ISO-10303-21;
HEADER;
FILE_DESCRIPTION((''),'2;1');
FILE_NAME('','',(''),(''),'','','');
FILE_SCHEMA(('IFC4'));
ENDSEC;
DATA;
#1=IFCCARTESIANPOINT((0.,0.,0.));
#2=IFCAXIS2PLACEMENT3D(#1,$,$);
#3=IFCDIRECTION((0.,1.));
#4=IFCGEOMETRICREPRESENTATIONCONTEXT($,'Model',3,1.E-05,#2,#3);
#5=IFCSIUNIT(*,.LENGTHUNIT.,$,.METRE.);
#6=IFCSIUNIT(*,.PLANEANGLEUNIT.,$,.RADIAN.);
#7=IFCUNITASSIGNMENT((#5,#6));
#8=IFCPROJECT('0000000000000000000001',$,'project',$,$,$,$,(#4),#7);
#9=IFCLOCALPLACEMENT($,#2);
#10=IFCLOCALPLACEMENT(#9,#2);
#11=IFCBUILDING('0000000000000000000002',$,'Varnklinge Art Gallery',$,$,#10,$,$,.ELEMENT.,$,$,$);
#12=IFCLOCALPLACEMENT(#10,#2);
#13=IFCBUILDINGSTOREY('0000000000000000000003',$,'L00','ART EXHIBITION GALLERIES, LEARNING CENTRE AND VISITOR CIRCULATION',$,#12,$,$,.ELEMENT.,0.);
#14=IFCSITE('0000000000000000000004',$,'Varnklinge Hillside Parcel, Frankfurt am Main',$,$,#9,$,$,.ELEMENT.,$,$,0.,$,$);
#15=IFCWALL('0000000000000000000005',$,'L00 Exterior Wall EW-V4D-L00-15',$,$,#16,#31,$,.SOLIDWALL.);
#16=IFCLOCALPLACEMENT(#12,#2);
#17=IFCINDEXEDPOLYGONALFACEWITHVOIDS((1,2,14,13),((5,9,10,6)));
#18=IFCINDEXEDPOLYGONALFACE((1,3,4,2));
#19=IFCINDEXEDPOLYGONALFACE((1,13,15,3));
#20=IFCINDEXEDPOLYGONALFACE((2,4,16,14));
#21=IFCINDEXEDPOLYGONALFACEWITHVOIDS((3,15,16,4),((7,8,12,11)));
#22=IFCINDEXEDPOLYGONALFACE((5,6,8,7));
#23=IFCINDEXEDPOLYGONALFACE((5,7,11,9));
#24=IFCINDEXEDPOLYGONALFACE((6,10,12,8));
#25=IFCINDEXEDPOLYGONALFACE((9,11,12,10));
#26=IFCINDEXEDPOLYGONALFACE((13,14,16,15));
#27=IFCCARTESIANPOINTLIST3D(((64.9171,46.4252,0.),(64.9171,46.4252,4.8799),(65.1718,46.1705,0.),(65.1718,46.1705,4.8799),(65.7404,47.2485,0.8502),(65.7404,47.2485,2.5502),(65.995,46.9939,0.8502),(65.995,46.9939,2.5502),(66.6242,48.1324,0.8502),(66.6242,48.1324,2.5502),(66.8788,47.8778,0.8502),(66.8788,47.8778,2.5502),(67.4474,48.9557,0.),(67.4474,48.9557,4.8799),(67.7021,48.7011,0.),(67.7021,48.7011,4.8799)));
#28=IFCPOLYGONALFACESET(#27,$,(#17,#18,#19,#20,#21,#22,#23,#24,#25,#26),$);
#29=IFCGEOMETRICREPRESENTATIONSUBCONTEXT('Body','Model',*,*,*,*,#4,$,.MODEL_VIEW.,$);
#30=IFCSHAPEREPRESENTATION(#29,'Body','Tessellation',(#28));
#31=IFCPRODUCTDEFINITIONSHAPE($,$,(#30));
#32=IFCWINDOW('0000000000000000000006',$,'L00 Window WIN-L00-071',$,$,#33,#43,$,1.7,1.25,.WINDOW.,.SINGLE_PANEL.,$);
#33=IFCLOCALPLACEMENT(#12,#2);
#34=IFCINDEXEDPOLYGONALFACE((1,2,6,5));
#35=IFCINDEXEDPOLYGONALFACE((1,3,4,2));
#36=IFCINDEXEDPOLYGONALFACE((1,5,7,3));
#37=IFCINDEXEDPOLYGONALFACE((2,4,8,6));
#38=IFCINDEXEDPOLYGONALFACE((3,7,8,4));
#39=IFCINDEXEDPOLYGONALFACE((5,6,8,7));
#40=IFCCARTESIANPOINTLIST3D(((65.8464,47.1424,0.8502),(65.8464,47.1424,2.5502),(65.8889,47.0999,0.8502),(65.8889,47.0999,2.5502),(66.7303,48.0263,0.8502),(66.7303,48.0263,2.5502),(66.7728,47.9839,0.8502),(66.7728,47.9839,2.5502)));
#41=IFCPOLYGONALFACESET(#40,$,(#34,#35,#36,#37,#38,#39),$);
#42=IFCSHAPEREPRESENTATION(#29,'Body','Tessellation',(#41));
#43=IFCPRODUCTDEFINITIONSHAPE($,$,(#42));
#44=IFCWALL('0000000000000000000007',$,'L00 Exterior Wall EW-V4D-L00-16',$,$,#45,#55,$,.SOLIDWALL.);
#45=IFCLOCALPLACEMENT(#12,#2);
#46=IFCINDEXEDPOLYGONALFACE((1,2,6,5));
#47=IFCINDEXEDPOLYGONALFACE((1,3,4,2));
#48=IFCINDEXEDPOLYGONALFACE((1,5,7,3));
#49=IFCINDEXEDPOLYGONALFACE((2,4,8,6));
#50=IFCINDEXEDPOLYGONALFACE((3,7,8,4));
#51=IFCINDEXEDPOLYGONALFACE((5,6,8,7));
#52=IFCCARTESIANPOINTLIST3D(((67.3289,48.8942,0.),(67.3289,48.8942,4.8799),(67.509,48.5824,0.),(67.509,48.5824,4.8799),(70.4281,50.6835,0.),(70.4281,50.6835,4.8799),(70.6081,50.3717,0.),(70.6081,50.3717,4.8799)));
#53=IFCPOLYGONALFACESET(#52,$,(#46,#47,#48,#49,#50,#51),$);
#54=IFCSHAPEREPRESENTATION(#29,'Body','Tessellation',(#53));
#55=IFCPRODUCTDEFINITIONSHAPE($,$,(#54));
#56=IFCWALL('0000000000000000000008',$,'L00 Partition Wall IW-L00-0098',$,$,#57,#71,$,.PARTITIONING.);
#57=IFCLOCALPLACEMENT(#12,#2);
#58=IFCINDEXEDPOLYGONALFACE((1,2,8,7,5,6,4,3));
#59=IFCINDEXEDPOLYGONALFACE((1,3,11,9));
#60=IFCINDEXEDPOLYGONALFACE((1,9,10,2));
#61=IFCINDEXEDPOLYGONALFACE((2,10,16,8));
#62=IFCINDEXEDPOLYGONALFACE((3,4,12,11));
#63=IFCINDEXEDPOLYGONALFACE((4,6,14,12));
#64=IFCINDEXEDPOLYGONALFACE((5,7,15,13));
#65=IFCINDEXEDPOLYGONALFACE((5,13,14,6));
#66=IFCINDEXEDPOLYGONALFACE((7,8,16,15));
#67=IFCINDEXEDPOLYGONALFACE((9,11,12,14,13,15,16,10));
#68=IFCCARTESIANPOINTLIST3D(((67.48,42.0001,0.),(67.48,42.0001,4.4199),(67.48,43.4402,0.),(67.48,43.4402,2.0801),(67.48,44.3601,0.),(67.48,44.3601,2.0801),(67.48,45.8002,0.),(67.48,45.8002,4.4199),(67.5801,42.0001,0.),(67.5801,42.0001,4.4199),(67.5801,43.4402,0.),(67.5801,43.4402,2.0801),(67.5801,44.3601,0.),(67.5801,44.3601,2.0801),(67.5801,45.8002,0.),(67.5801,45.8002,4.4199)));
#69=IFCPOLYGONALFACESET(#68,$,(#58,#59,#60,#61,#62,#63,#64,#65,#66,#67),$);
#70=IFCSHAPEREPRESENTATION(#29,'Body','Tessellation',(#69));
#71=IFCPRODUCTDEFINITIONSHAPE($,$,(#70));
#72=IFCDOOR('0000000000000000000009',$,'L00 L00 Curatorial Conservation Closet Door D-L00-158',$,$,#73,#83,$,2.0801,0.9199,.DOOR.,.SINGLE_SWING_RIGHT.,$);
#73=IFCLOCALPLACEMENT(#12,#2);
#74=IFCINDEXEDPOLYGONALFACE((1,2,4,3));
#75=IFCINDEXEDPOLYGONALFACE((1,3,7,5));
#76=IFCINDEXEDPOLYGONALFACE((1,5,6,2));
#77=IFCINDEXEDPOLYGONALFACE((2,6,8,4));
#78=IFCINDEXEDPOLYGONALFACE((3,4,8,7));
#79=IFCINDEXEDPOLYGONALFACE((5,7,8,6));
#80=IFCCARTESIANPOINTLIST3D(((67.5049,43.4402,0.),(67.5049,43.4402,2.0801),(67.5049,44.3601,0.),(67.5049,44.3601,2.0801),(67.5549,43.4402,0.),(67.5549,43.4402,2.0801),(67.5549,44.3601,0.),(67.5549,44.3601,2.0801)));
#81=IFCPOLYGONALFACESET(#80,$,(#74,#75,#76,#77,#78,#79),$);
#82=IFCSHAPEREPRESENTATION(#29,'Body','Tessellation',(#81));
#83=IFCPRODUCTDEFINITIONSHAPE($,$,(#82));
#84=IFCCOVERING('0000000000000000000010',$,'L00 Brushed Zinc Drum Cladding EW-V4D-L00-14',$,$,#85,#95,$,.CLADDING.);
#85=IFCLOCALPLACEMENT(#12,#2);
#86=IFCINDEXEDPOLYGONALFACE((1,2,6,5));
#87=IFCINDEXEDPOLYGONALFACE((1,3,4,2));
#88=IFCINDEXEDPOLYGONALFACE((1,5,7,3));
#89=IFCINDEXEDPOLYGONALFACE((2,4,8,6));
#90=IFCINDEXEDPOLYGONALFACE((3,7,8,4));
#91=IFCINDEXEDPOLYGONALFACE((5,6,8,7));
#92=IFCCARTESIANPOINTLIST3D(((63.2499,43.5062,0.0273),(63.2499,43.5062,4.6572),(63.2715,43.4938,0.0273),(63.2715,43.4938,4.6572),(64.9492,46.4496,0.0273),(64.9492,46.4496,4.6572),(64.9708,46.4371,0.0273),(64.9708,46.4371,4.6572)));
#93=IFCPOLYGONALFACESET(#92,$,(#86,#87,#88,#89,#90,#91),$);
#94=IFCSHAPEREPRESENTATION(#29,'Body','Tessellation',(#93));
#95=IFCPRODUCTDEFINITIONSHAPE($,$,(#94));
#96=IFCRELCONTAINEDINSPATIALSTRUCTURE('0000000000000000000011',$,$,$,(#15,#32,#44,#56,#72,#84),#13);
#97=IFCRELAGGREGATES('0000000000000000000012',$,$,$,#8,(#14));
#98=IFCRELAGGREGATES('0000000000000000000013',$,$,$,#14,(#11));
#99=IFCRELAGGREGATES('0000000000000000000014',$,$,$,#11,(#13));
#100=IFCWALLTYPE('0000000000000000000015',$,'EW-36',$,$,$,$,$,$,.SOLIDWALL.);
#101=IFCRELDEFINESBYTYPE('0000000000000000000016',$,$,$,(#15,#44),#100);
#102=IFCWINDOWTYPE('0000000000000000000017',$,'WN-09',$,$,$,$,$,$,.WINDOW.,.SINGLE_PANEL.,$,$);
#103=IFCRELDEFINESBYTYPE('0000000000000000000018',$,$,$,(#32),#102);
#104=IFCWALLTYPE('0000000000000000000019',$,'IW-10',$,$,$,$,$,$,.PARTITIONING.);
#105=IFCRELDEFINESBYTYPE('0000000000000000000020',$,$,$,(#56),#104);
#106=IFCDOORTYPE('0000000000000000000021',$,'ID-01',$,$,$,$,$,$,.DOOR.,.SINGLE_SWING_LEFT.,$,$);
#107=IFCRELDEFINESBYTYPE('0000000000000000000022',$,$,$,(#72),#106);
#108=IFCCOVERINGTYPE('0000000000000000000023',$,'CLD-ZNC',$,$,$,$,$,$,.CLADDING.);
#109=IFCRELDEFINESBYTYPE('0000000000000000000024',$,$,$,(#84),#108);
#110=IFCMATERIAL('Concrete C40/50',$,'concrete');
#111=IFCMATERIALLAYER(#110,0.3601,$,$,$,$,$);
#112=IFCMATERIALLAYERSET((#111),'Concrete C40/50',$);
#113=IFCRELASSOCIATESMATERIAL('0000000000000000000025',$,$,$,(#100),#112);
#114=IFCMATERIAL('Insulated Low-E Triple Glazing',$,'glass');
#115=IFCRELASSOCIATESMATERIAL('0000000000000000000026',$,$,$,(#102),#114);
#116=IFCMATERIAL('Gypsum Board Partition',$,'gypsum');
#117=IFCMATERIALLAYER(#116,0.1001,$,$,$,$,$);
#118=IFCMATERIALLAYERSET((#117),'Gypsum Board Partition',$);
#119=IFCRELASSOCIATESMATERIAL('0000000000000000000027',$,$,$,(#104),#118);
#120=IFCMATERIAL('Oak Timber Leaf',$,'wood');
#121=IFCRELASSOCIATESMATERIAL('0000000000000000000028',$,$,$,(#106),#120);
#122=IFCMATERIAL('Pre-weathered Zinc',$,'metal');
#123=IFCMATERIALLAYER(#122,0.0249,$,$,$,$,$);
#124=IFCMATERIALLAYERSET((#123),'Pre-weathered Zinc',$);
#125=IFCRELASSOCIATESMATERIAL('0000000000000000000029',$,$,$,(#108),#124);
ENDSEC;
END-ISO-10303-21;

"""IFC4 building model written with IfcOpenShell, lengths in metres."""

from ifc_helpers import new_model, si_unit, direction, frame, frame_2d, origin, origin_2d, place, context, subcontext, project, spatial, rectangle, extrude, material, layer, layer_set, type_object, element, fill, save


model = new_model("IFC4")

# Units and contexts
model_context = context("Model", 3, precision=1e-05, world=origin(), true_north=direction((0.0, 1.0)))
body_context = subcontext(model_context, "Body", "Model", "MODEL_VIEW")
ifc_project = project(units=[si_unit("LENGTHUNIT", "METRE"), si_unit("PLANEANGLEUNIT", "RADIAN")], contexts=[model_context])

# Site, building, storey
site_placement = place(None, origin())
site = spatial("IfcSite", under=ifc_project, at=site_placement, Name="Varnklinge Hillside Parcel, Frankfurt am Main", CompositionType="ELEMENT", RefElevation=0.0)
building_placement = place(site_placement, origin())
building = spatial("IfcBuilding", under=site, at=building_placement, Name="Varnklinge Art Gallery", CompositionType="ELEMENT")
storey_placement = place(building_placement, origin())
storey = spatial("IfcBuildingStorey", under=building, at=storey_placement, Name="L00", Description="ART EXHIBITION GALLERIES, LEARNING CENTRE AND VISITOR CIRCULATION", CompositionType="ELEMENT", Elevation=0.0)

# Wall, opening, window
ifc_material_1 = material(Name="Concrete C40/50", Category="concrete")
ifc_layer_1 = layer(ifc_material_1, 0.3601)
ifc_layer_set_1 = layer_set([ifc_layer_1], Name="Concrete C40/50")
wall_type_1 = type_object("IfcWallType", Name="EW-36", PredefinedType="SOLIDWALL", material=ifc_layer_set_1)
wall_1_placement = place(storey_placement, frame((65.0444, 46.2979, 0.0), z_axis=(0.0, 0.0, 1.0), x_axis=(0.707073, 0.707141, 0.0)))
wall_1 = element("IfcWall", 1, at=wall_1_placement, inside=storey, type_object=wall_type_1, Name="L00 Exterior Wall EW-V4D-L00-15", PredefinedType="SOLIDWALL", context=body_context, shape_type="SweptSolid", body=[
    extrude(rectangle(XDim=3.5786, YDim=0.3601, at=frame_2d((1.7893, 0.0))), origin(), (0.0, 0.0, 1.0), 4.8799),
])
opening_1_placement = place(wall_1_placement, frame((1.1643, 0.0, 0.8501)))
opening_1 = element("IfcOpeningElement", 2, at=opening_1_placement, cuts=wall_1, PredefinedType="OPENING", context=body_context, shape_type="SweptSolid", body=[
    extrude(rectangle(XDim=1.25, YDim=1.7, at=frame_2d((0.625, 0.8501))), frame((0.0, 0.1902, 0.0), z_axis=(0.0, -1.0, 0.0), x_axis=(1.0, 0.0, 0.0)), (0.0, 0.0, 1.0), 0.3801),
])
ifc_material_2 = material(Name="Insulated Low-E Triple Glazing", Category="glass")
window_type = type_object("IfcWindowType", Name="WN-09", PartitioningType="SINGLE_PANEL", PredefinedType="WINDOW", material=ifc_material_2)
window_placement = place(opening_1_placement, origin())
window = element("IfcWindow", 3, at=window_placement, inside=storey, type_object=window_type, Name="L00 Window WIN-L00-071", OverallHeight=1.7, OverallWidth=1.25, PartitioningType="SINGLE_PANEL", PredefinedType="WINDOW", context=body_context, shape_type="SweptSolid", body=[
    extrude(rectangle(XDim=1.25, YDim=1.7, at=frame_2d((0.625, 0.8501))), frame((0.0, 0.03, 0.0), z_axis=(0.0, -1.0, 0.0), x_axis=(1.0, 0.0, 0.0)), (0.0, 0.0, 1.0), 0.0601),
])
fill(opening_1, window)

# Wall
wall_2_placement = place(storey_placement, frame((67.4189, 48.7383, 0.0), z_axis=(0.0, 0.0, 1.0), x_axis=(0.866022, 0.500006, 0.0)))
element("IfcWall", 4, at=wall_2_placement, inside=storey, type_object=wall_type_1, Name="L00 Exterior Wall EW-V4D-L00-16", PredefinedType="SOLIDWALL", context=body_context, shape_type="SweptSolid", body=[
    extrude(rectangle(XDim=3.5786, YDim=0.3601, at=frame_2d((1.7893, 0.0))), origin(), (0.0, 0.0, 1.0), 4.8799),
])

# Wall, opening, door
ifc_material_3 = material(Name="Gypsum Board Partition", Category="gypsum")
ifc_layer_2 = layer(ifc_material_3, 0.1001)
ifc_layer_set_2 = layer_set([ifc_layer_2], Name="Gypsum Board Partition")
wall_type_2 = type_object("IfcWallType", Name="IW-10", PredefinedType="PARTITIONING", material=ifc_layer_set_2)
wall_3_placement = place(storey_placement, frame((67.53, 45.8, 0.0), z_axis=(0.0, 0.0, 1.0), x_axis=(0.0, -1.0, 0.0)))
wall_3 = element("IfcWall", 5, at=wall_3_placement, inside=storey, type_object=wall_type_2, Name="L00 Partition Wall IW-L00-0098", PredefinedType="PARTITIONING", context=body_context, shape_type="SweptSolid", body=[
    extrude(rectangle(XDim=3.8, YDim=0.1001, at=frame_2d((1.8999, 0.0))), origin(), (0.0, 0.0, 1.0), 4.4199),
])
opening_2_placement = place(wall_3_placement, frame((1.4399, 0.0, 0.0)))
opening_2 = element("IfcOpeningElement", 6, at=opening_2_placement, cuts=wall_3, PredefinedType="OPENING", context=body_context, shape_type="SweptSolid", body=[
    extrude(rectangle(XDim=0.9199, YDim=2.0801, at=frame_2d((0.46, 1.04))), frame((0.0, 0.0601, 0.0), z_axis=(0.0, -1.0, 0.0), x_axis=(1.0, 0.0, 0.0)), (0.0, 0.0, 1.0), 0.1201),
])
ifc_material_4 = material(Name="Oak Timber Leaf", Category="wood")
door_type = type_object("IfcDoorType", Name="ID-01", OperationType="SINGLE_SWING_LEFT", PredefinedType="DOOR", material=ifc_material_4)
door_placement = place(opening_2_placement, origin())
door = element("IfcDoor", 7, at=door_placement, inside=storey, type_object=door_type, Name="L00 L00 Curatorial Conservation Closet Door D-L00-158", OperationType="SINGLE_SWING_RIGHT", OverallHeight=2.0801, OverallWidth=0.9199, PredefinedType="DOOR", context=body_context, shape_type="SweptSolid", body=[
    extrude(rectangle(XDim=0.9199, YDim=2.0801, at=frame_2d((0.46, 1.04))), frame((0.0, 0.0249, 0.0), z_axis=(0.0, -1.0, 0.0), x_axis=(1.0, 0.0, 0.0)), (0.0, 0.0, 1.0), 0.05),
])
fill(opening_2, door)

# Covering
ifc_material_5 = material(Name="Pre-weathered Zinc", Category="metal")
ifc_layer_3 = layer(ifc_material_5, 0.0249)
ifc_layer_set_3 = layer_set([ifc_layer_3], Name="Pre-weathered Zinc")
covering_type = type_object("IfcCoveringType", Name="CLD-ZNC", PredefinedType="CLADDING", material=ifc_layer_set_3)
covering_placement = place(storey_placement, frame((64.1104, 44.9717, 0.0273), z_axis=(0.0, 0.0, 1.0), x_axis=(0.5, 0.866025, 0.0)))
element("IfcCovering", 8, at=covering_placement, inside=storey, type_object=covering_type, Name="L00 Brushed Zinc Drum Cladding EW-V4D-L00-14", PredefinedType="CLADDING", context=body_context, shape_type="SweptSolid", body=[
    extrude(rectangle(XDim=3.3987, YDim=0.0249, at=origin_2d()), origin(), (0.0, 0.0, 1.0), 4.6299),
])

save(model, "model.ifc")
